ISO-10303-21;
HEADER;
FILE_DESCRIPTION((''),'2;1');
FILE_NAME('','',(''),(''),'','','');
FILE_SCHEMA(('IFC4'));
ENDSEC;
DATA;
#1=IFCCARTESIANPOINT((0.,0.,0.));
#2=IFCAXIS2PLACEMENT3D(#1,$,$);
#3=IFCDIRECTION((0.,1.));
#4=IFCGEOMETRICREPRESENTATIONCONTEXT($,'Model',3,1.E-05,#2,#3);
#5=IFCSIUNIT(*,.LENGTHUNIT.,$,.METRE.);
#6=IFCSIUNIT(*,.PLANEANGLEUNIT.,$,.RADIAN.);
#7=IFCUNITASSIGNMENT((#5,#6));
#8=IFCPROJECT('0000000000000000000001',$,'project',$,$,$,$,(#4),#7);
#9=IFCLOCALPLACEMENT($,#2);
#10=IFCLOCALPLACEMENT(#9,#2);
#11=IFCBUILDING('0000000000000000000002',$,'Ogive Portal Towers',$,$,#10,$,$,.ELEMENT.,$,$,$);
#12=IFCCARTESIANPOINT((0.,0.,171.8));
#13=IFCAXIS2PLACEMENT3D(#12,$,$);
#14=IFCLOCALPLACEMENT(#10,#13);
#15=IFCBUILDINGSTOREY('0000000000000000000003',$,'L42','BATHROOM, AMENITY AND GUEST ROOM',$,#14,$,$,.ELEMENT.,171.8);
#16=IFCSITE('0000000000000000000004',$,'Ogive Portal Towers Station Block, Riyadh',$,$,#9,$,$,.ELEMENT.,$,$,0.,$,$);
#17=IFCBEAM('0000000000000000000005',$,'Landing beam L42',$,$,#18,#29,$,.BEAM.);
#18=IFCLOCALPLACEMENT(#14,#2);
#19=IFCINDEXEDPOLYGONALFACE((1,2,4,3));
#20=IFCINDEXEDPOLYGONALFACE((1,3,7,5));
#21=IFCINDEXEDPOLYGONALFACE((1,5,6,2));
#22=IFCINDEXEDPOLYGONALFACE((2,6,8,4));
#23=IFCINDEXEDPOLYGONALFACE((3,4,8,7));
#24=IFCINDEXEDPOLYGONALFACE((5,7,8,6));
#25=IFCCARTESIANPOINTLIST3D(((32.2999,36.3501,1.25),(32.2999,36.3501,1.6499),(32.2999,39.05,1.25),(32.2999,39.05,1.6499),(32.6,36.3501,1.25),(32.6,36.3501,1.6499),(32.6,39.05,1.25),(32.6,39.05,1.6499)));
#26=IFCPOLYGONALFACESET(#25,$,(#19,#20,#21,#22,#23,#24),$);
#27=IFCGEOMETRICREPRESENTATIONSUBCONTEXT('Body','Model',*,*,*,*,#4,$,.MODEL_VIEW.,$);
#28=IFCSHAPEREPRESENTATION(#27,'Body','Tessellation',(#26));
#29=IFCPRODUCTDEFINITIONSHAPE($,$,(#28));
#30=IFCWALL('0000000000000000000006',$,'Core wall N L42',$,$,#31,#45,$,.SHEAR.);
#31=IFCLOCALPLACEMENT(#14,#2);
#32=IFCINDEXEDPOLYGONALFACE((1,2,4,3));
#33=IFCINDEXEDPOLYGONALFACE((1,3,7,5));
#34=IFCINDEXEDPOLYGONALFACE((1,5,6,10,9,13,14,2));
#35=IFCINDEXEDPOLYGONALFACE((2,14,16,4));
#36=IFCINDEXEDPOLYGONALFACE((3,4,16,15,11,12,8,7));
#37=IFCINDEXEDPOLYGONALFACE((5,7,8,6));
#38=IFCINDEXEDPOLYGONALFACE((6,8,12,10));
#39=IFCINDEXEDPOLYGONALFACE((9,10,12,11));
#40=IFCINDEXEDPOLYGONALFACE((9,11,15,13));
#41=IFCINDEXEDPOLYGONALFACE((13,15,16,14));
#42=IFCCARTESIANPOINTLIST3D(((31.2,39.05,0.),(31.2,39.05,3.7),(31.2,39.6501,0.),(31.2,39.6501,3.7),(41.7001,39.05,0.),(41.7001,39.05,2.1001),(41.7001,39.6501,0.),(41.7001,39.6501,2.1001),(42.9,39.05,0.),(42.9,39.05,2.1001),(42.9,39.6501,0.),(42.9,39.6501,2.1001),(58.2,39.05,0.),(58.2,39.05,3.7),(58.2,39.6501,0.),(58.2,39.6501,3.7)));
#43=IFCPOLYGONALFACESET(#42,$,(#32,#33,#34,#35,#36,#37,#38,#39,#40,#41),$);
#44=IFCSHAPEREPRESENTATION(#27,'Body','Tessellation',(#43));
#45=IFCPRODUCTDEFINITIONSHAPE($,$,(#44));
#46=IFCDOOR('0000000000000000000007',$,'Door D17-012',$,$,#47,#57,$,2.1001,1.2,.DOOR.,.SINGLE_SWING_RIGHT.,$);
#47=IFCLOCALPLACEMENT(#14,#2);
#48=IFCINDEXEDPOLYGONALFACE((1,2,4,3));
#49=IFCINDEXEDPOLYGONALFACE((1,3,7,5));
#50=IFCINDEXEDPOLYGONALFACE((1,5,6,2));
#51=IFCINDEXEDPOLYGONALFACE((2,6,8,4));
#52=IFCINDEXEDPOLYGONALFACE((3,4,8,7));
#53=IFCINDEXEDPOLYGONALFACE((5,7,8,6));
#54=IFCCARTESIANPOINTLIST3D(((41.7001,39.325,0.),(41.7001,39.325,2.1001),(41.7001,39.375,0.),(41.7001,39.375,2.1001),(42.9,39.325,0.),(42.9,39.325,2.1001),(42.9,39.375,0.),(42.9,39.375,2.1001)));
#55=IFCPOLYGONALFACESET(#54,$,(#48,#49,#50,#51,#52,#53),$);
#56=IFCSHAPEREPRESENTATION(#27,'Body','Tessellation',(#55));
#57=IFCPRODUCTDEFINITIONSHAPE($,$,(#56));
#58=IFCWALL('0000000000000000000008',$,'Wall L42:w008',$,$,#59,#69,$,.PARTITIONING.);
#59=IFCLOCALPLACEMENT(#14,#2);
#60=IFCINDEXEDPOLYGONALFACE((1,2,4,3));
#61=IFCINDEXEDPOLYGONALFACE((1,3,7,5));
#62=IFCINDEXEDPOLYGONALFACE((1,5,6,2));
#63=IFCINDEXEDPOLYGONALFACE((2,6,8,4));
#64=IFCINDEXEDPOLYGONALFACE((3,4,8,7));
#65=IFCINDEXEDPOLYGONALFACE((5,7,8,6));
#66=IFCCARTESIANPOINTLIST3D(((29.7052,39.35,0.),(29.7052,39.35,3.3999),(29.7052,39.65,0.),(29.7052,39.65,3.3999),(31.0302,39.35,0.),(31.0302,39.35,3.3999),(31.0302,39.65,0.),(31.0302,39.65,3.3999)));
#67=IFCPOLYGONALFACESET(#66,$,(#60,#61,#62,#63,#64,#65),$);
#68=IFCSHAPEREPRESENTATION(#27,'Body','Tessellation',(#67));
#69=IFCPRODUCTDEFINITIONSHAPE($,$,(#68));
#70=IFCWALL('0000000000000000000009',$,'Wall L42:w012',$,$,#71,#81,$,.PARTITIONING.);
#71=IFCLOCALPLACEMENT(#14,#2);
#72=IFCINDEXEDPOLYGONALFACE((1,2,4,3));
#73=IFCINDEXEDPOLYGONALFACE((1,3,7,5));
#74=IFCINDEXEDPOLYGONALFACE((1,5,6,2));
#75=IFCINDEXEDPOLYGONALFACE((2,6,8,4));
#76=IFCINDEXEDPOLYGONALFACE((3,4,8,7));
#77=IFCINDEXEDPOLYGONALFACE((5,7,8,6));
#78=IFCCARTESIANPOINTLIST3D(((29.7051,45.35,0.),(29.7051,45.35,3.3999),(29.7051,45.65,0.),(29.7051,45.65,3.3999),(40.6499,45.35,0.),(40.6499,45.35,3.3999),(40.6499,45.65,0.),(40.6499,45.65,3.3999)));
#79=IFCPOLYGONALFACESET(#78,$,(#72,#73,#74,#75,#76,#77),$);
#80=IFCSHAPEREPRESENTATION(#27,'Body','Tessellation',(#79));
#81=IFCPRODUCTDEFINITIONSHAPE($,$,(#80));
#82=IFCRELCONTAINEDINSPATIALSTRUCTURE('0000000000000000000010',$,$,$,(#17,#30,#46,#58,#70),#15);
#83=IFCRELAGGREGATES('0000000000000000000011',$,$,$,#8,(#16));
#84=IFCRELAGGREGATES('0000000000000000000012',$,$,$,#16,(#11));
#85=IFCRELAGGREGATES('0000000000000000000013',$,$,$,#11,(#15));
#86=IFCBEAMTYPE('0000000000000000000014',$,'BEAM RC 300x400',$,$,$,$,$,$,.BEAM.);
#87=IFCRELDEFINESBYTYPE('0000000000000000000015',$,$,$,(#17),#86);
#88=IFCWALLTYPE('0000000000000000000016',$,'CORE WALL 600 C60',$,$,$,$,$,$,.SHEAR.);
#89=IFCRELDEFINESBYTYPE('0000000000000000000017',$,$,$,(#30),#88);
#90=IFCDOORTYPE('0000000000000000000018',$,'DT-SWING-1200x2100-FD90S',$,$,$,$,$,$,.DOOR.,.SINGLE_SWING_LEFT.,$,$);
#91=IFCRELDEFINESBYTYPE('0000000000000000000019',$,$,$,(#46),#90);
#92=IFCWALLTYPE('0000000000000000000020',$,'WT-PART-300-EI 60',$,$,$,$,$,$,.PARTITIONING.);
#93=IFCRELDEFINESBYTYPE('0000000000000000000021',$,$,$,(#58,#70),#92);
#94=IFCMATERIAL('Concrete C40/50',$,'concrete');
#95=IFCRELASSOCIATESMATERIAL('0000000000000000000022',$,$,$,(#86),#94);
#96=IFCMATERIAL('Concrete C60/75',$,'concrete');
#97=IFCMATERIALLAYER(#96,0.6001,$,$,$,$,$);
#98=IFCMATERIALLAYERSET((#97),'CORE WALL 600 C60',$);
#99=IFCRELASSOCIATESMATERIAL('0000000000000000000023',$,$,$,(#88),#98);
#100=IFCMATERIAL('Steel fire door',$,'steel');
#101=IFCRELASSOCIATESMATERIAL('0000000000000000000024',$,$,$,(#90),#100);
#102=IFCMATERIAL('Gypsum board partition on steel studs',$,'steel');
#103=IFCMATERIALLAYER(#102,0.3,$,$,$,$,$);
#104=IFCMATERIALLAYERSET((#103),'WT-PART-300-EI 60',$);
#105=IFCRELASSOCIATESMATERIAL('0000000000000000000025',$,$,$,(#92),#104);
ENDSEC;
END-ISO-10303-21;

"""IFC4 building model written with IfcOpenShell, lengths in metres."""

from ifc_helpers import new_model, si_unit, direction, frame, frame_2d, origin, origin_2d, place, context, subcontext, project, spatial, rectangle, extrude, material, layer, layer_set, material_profile, profile_set, type_object, element, fill, save


model = new_model("IFC4")

# Units and contexts
model_context = context("Model", 3, precision=1e-05, world=origin(), true_north=direction((0.0, 1.0)))
body_context = subcontext(model_context, "Body", "Model", "MODEL_VIEW")
ifc_project = project(units=[si_unit("LENGTHUNIT", "METRE"), si_unit("PLANEANGLEUNIT", "RADIAN")], contexts=[model_context])

# Site, building, storey
site_placement = place(None, origin())
site = spatial("IfcSite", under=ifc_project, at=site_placement, Name="Ogive Portal Towers Station Block, Riyadh", CompositionType="ELEMENT", RefElevation=0.0)
building_placement = place(site_placement, origin())
building = spatial("IfcBuilding", under=site, at=building_placement, Name="Ogive Portal Towers", CompositionType="ELEMENT")
storey_placement = place(building_placement, frame((0.0, 0.0, 171.8)))
storey = spatial("IfcBuildingStorey", under=building, at=storey_placement, Name="L42", Description="BATHROOM, AMENITY AND GUEST ROOM", CompositionType="ELEMENT", Elevation=171.8)

# Beam
ifc_material_1 = material(Name="Concrete C40/50", Category="concrete")
ifc_material_profile = material_profile(ifc_material_1, rectangle(XDim=0.3, YDim=0.3999, at=origin_2d()), Name="RC 300x400")
ifc_profile_set = profile_set([ifc_material_profile], Name="Concrete C40/50")
beam_type = type_object("IfcBeamType", Name="BEAM RC 300x400", PredefinedType="BEAM", material=ifc_profile_set)
beam_placement = place(storey_placement, frame((32.45, 36.3501, 1.45), z_axis=(0.0, 1.0, 0.0), x_axis=(-1.0, 0.0, 0.0)))
element("IfcBeam", 1, at=beam_placement, inside=storey, type_object=beam_type, Name="Landing beam L42", PredefinedType="BEAM", context=body_context, shape_type="SweptSolid", body=[
    extrude(rectangle(XDim=0.3, YDim=0.3999, at=origin_2d()), origin(), (0.0, 0.0, 1.0), 2.7),
])

# Wall, opening, door
ifc_material_2 = material(Name="Concrete C60/75", Category="concrete")
ifc_layer_1 = layer(ifc_material_2, 0.6001)
ifc_layer_set_1 = layer_set([ifc_layer_1], Name="CORE WALL 600 C60")
wall_type_1 = type_object("IfcWallType", Name="CORE WALL 600 C60", PredefinedType="SHEAR", material=ifc_layer_set_1)
wall_1_placement = place(storey_placement, frame((31.2, 39.3501, 0.0), z_axis=(0.0, 0.0, 1.0), x_axis=(1.0, 0.0, 0.0)))
wall_1 = element("IfcWall", 2, at=wall_1_placement, inside=storey, type_object=wall_type_1, Name="Core wall N L42", PredefinedType="SHEAR", context=body_context, shape_type="SweptSolid", body=[
    extrude(rectangle(XDim=27.0, YDim=0.6001, at=frame_2d((13.5, 0.0))), origin(), (0.0, 0.0, 1.0), 3.7),
])
opening_placement = place(wall_1_placement, frame((10.5, 0.0, 0.0)))
opening = element("IfcOpeningElement", 3, at=opening_placement, cuts=wall_1, PredefinedType="OPENING", context=body_context, shape_type="SweptSolid", body=[
    extrude(rectangle(XDim=1.2, YDim=2.1001, at=frame_2d((0.6001, 1.05))), frame((0.0, 0.3101, 0.0), z_axis=(0.0, -1.0, 0.0), x_axis=(1.0, 0.0, 0.0)), (0.0, 0.0, 1.0), 0.6201),
])
ifc_material_3 = material(Name="Steel fire door", Category="steel")
door_type = type_object("IfcDoorType", Name="DT-SWING-1200x2100-FD90S", OperationType="SINGLE_SWING_LEFT", PredefinedType="DOOR", material=ifc_material_3)
door_placement = place(opening_placement, origin())
door = element("IfcDoor", 4, at=door_placement, inside=storey, type_object=door_type, Name="Door D17-012", OperationType="SINGLE_SWING_RIGHT", OverallHeight=2.1001, OverallWidth=1.2, PredefinedType="DOOR", context=body_context, shape_type="SweptSolid", body=[
    extrude(rectangle(XDim=1.2, YDim=2.1001, at=frame_2d((0.6001, 1.05))), frame((0.0, 0.0249, 0.0), z_axis=(0.0, -1.0, 0.0), x_axis=(1.0, 0.0, 0.0)), (0.0, 0.0, 1.0), 0.05),
])
fill(opening, door)

# Walls
ifc_material_4 = material(Name="Gypsum board partition on steel studs", Category="steel")
ifc_layer_2 = layer(ifc_material_4, 0.3)
ifc_layer_set_2 = layer_set([ifc_layer_2], Name="WT-PART-300-EI 60")
wall_type_2 = type_object("IfcWallType", Name="WT-PART-300-EI 60", PredefinedType="PARTITIONING", material=ifc_layer_set_2)
wall_2_placement = place(storey_placement, frame((29.7051, 39.5, 0.0), z_axis=(0.0, 0.0, 1.0), x_axis=(1.0, 0.0, 0.0)))
element("IfcWall", 5, at=wall_2_placement, inside=storey, type_object=wall_type_2, Name="Wall L42:w008", PredefinedType="PARTITIONING", context=body_context, shape_type="SweptSolid", body=[
    extrude(rectangle(XDim=1.325, YDim=0.3, at=frame_2d((0.6626, 0.0))), origin(), (0.0, 0.0, 1.0), 3.3999),
])
wall_3_placement = place(storey_placement, frame((29.7051, 45.5, 0.0), z_axis=(0.0, 0.0, 1.0), x_axis=(1.0, 0.0, 0.0)))
element("IfcWall", 6, at=wall_3_placement, inside=storey, type_object=wall_type_2, Name="Wall L42:w012", PredefinedType="PARTITIONING", context=body_context, shape_type="SweptSolid", body=[
    extrude(rectangle(XDim=10.9448, YDim=0.3, at=frame_2d((5.4724, 0.0))), origin(), (0.0, 0.0, 1.0), 3.3999),
])

save(model, "model.ifc")
